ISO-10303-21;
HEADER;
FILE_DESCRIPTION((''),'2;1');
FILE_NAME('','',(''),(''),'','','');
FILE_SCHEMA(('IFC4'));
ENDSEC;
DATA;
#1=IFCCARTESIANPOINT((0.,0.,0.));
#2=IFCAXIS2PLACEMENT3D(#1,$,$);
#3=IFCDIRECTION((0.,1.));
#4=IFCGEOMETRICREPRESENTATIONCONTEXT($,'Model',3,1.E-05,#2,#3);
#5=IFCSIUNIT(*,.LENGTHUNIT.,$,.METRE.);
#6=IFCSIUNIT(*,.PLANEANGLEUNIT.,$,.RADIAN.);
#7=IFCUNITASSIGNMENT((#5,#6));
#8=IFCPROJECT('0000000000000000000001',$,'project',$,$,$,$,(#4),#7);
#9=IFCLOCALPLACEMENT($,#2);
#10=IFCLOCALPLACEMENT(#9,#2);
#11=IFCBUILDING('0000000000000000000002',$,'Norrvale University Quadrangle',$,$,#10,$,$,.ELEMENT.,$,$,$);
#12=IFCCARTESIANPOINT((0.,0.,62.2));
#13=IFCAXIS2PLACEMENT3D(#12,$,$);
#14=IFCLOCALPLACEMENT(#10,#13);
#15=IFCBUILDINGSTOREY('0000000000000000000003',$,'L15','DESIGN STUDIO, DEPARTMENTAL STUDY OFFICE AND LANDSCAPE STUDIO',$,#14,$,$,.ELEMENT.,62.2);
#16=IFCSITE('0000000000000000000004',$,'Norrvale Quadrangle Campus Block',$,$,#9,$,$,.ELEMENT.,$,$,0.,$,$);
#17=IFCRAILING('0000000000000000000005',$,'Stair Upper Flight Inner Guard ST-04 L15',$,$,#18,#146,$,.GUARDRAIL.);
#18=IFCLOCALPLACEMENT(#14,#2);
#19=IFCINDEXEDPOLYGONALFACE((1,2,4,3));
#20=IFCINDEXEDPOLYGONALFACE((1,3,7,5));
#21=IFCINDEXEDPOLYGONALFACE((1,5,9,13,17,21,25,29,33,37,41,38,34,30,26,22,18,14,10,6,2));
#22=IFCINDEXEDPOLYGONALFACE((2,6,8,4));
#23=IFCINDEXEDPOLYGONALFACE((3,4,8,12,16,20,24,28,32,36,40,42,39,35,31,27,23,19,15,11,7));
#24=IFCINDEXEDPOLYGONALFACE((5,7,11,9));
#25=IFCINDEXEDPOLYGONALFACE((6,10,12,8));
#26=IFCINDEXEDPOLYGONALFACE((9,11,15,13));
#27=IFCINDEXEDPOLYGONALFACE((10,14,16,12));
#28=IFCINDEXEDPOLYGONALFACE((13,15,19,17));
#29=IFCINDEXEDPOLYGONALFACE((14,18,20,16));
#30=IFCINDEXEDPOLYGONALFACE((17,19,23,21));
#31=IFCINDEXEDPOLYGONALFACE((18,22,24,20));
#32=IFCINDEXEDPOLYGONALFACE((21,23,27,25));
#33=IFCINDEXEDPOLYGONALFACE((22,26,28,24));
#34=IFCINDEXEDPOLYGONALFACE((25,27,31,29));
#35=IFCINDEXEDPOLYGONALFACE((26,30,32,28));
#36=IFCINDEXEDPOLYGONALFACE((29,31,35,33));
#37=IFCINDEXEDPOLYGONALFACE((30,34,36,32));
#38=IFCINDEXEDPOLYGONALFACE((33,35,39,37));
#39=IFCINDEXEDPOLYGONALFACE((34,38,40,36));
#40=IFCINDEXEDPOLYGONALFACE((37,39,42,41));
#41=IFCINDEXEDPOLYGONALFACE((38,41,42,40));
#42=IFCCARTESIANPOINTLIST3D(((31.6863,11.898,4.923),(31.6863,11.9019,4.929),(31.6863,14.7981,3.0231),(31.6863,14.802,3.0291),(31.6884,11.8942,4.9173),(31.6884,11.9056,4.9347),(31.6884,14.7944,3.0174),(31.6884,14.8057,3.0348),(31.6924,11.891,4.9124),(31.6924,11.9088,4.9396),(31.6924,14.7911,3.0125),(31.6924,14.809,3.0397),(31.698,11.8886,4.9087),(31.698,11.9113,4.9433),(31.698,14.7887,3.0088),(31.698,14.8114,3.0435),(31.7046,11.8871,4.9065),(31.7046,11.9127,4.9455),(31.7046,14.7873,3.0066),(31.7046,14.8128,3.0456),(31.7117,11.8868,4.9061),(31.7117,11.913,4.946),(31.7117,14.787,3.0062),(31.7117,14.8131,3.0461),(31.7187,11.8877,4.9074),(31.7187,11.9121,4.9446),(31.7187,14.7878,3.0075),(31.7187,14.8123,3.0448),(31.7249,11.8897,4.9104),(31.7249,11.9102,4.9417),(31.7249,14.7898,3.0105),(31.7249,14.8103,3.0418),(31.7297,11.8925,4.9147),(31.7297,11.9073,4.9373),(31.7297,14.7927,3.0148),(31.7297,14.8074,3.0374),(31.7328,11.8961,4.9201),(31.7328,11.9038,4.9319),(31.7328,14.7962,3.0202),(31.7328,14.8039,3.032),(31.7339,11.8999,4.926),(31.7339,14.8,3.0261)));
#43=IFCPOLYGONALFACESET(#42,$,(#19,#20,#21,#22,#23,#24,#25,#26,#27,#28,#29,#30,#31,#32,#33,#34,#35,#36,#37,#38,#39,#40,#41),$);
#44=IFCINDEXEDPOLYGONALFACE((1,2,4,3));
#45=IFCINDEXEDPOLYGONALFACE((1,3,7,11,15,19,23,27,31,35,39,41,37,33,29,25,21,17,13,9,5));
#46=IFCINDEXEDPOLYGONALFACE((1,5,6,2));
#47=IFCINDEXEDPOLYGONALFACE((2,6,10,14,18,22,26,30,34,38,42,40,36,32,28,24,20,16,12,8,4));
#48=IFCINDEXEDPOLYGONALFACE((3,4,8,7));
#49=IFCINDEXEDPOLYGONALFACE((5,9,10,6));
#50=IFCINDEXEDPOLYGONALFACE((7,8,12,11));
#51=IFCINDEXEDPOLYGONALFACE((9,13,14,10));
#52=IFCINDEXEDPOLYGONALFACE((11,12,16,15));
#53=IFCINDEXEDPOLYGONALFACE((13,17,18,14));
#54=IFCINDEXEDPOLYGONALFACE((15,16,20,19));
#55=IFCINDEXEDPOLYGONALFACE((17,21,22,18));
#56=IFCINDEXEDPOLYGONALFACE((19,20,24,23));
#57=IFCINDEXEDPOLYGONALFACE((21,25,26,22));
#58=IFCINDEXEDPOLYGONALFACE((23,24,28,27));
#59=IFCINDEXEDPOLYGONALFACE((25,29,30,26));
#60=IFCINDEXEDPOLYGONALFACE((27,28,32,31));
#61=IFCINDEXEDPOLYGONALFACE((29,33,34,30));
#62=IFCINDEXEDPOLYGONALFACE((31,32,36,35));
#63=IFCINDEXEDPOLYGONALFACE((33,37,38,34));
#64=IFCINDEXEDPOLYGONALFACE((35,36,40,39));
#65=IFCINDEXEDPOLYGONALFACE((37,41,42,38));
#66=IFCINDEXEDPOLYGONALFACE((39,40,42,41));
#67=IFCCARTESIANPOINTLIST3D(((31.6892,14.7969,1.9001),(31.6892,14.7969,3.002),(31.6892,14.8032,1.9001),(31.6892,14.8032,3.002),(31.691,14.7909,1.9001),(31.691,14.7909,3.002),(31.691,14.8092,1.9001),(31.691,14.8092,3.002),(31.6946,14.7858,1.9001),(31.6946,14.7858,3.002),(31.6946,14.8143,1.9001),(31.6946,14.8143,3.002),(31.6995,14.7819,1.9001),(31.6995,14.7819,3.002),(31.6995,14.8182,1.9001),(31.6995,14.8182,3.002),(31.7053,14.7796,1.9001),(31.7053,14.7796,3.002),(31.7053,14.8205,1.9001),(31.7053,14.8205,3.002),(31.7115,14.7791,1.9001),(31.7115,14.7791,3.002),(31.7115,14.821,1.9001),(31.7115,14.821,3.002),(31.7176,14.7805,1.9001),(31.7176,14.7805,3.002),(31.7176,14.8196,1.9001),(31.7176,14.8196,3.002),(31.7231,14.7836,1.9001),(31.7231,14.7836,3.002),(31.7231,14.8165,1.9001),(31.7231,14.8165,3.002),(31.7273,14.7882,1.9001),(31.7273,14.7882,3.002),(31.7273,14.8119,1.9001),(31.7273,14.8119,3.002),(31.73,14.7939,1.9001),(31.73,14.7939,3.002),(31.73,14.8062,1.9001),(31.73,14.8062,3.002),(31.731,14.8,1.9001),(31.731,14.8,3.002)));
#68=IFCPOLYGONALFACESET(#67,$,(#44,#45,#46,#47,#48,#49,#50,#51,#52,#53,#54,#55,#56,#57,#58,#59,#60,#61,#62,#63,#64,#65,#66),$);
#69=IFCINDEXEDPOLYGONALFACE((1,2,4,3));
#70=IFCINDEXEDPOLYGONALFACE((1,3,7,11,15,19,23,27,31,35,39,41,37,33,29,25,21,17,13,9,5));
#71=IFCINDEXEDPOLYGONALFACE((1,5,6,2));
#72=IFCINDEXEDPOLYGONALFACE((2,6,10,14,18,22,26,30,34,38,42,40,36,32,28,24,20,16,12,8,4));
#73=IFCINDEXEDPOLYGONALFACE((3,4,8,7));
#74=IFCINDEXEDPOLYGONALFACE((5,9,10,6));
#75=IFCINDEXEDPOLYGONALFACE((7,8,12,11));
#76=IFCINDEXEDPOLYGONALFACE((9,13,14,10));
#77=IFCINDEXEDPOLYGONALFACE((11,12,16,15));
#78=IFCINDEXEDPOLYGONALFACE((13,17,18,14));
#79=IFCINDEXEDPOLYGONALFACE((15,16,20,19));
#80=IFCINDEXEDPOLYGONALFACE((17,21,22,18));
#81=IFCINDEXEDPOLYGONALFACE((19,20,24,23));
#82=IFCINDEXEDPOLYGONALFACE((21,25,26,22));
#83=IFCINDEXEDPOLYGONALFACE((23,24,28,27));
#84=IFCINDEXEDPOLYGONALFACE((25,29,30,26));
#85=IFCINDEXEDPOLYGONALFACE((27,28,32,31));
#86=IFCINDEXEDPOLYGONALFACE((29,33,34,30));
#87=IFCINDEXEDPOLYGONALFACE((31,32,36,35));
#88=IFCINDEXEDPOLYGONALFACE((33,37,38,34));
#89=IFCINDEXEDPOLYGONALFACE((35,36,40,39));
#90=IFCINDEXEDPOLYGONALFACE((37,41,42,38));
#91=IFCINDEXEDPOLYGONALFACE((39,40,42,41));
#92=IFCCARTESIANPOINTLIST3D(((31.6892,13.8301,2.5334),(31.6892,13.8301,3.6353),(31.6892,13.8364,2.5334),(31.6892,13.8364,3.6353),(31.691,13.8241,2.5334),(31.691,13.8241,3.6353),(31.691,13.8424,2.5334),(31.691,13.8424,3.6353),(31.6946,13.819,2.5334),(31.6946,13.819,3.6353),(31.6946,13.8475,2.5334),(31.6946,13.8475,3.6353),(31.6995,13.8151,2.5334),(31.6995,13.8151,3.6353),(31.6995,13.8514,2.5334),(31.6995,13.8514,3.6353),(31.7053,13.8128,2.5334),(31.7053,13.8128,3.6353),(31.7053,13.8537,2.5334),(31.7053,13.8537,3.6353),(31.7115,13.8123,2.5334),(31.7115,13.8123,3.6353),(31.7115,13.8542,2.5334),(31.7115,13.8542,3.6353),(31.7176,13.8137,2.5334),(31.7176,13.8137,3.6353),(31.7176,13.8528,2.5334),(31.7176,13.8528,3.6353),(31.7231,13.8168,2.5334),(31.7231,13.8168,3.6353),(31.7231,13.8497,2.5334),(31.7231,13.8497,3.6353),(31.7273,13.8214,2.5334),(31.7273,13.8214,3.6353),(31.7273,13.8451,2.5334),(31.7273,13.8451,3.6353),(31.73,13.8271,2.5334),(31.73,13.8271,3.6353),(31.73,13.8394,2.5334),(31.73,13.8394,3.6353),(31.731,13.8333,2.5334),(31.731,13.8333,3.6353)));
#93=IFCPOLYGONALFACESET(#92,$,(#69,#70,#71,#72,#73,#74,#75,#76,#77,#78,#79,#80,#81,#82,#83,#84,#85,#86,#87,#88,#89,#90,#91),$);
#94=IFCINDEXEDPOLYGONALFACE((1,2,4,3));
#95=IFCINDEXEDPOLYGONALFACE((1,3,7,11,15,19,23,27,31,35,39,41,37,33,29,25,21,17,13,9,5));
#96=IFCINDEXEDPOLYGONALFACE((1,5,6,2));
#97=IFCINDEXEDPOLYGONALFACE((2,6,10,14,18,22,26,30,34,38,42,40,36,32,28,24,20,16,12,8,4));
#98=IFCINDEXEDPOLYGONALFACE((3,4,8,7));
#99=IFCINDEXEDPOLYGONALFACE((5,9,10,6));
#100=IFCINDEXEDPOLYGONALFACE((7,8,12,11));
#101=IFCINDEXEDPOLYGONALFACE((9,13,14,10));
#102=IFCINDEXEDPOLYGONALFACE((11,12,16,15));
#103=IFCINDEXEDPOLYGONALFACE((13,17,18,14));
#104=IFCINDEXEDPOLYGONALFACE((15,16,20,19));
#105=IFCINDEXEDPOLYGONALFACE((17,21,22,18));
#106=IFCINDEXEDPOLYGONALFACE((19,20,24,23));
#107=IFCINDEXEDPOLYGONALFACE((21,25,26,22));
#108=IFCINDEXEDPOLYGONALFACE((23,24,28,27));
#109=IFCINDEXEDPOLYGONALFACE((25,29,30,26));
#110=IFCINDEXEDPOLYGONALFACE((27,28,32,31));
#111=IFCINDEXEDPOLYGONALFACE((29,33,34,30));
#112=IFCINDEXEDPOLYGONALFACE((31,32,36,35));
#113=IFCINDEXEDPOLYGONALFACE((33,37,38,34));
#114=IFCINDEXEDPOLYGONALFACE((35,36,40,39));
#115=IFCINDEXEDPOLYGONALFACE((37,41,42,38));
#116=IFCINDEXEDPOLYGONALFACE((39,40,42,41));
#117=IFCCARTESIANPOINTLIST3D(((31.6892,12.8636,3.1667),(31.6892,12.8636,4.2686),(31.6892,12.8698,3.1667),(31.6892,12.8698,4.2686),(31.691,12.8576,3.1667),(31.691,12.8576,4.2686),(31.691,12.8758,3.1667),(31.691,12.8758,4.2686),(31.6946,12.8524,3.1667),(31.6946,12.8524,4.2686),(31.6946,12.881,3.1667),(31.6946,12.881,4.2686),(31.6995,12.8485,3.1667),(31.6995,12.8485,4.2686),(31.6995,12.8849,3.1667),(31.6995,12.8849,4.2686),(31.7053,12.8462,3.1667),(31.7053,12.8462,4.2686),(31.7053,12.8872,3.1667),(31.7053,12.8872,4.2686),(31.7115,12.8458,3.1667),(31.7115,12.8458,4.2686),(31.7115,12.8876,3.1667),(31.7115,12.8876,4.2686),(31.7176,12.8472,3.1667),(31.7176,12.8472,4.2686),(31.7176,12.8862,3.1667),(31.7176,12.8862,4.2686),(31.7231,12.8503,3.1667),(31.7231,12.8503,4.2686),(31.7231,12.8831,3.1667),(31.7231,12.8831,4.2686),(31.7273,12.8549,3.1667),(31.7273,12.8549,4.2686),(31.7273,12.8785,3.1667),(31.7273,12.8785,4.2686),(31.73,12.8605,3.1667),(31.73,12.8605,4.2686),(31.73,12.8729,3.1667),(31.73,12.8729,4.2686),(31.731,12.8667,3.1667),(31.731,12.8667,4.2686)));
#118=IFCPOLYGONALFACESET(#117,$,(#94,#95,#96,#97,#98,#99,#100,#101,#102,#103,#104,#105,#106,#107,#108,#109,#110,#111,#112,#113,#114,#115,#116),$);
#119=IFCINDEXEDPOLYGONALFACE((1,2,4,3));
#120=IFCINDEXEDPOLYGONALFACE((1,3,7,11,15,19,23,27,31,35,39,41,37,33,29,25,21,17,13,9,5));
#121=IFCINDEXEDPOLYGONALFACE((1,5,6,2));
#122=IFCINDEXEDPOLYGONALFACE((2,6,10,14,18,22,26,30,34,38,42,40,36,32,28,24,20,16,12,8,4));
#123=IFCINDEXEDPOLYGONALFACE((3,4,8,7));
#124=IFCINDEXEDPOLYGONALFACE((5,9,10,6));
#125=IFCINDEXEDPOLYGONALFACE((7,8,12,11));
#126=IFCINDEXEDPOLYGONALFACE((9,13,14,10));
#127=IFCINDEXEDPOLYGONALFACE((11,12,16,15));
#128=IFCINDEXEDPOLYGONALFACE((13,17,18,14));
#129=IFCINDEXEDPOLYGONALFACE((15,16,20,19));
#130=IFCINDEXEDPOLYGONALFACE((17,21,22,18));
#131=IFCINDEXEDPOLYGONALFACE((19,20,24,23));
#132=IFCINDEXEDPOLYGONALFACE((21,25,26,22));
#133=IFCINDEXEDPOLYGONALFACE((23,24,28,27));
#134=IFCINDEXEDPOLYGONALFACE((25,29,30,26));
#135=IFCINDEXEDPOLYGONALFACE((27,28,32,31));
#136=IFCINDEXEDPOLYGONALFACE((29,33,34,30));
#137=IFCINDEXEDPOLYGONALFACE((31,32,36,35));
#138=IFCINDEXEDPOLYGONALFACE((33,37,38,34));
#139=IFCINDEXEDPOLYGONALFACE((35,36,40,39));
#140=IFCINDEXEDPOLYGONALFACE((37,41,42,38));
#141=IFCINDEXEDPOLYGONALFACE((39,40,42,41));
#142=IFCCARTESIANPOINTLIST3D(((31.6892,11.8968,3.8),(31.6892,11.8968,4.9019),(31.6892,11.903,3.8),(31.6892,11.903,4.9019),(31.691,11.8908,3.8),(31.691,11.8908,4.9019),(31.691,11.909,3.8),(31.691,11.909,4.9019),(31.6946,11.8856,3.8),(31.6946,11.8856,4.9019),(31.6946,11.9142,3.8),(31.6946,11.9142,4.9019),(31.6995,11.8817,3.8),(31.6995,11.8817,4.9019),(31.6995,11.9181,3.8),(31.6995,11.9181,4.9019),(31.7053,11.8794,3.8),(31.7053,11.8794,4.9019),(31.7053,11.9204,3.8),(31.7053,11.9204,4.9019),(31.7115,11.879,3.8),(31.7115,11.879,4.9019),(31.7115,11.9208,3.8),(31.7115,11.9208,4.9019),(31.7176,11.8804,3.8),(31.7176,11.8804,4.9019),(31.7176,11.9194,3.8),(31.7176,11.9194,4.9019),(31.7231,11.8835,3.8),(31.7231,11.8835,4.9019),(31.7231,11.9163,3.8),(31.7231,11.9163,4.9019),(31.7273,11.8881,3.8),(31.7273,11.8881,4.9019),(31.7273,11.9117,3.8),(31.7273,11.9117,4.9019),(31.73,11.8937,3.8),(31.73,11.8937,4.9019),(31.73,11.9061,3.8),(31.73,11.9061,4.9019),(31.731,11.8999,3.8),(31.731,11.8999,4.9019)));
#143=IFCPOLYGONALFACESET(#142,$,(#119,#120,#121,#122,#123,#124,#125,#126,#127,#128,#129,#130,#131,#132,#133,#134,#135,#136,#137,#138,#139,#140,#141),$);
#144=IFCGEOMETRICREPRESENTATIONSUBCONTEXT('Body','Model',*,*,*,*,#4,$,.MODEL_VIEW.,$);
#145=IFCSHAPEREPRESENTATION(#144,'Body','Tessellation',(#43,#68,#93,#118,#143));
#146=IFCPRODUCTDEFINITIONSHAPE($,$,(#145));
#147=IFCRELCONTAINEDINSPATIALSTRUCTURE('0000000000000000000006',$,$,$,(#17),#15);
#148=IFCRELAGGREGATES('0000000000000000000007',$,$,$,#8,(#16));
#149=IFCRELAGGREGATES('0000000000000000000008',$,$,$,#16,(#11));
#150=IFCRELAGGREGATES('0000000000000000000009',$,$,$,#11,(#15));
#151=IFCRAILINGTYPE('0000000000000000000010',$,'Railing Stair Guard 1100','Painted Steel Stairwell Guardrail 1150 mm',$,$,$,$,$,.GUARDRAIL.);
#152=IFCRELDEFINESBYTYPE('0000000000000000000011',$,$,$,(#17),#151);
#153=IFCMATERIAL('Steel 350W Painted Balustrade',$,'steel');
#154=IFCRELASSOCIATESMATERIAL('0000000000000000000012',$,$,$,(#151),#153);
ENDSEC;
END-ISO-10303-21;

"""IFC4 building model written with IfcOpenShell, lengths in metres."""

from ifc_helpers import new_model, si_unit, direction, frame, origin, origin_2d, place, context, subcontext, project, spatial, circle, extrude, material, type_object, element, save


model = new_model("IFC4")

# Units and contexts
model_context = context("Model", 3, precision=1e-05, world=origin(), true_north=direction((0.0, 1.0)))
body_context = subcontext(model_context, "Body", "Model", "MODEL_VIEW")
ifc_project = project(units=[si_unit("LENGTHUNIT", "METRE"), si_unit("PLANEANGLEUNIT", "RADIAN")], contexts=[model_context])

# Site, building, storey
site_placement = place(None, origin())
site = spatial("IfcSite", under=ifc_project, at=site_placement, Name="Norrvale Quadrangle Campus Block", CompositionType="ELEMENT", RefElevation=0.0)
building_placement = place(site_placement, origin())
building = spatial("IfcBuilding", under=site, at=building_placement, Name="Norrvale University Quadrangle", CompositionType="ELEMENT")
storey_placement = place(building_placement, frame((0.0, 0.0, 62.2)))
storey = spatial("IfcBuildingStorey", under=building, at=storey_placement, Name="L15", Description="DESIGN STUDIO, DEPARTMENTAL STUDY OFFICE AND LANDSCAPE STUDIO", CompositionType="ELEMENT", Elevation=62.2)

# Railing
ifc_material_1 = material(Name="Steel 350W Painted Balustrade", Category="steel")
railing_type_1 = type_object("IfcRailingType", Name="Railing Stair Guard 1100", Description="Painted Steel Stairwell Guardrail 1150 mm", PredefinedType="GUARDRAIL", material=ifc_material_1)
railing_1_placement = place(storey_placement, frame((31.71, 14.8, 1.9001)))
element("IfcRailing", 1, at=railing_1_placement, inside=storey, type_object=railing_type_1, Name="Stair Upper Flight Inner Guard ST-04 L15", PredefinedType="GUARDRAIL", context=body_context, shape_type="SweptSolid", body=[
    extrude(circle(Radius=0.0239, at=origin_2d()), frame((0.0, 0.0, 1.126), z_axis=(0.0, -0.836487, 0.547987), x_axis=(1.0, 0.0, 0.0)), (0.0, 0.0, 1.0), 3.467),
    extrude(circle(Radius=0.021, at=origin_2d()), origin(), (0.0, 0.0, 1.0), 1.1018),
    extrude(circle(Radius=0.021, at=origin_2d()), frame((0.0, -0.9668, 0.6333)), (0.0, 0.0, 1.0), 1.1018),
    extrude(circle(Radius=0.021, at=origin_2d()), frame((0.0, -1.9333, 1.2666)), (0.0, 0.0, 1.0), 1.1018),
    extrude(circle(Radius=0.021, at=origin_2d()), frame((0.0, -2.9001, 1.8999)), (0.0, 0.0, 1.0), 1.1018),
])

save(model, "model.ifc")
